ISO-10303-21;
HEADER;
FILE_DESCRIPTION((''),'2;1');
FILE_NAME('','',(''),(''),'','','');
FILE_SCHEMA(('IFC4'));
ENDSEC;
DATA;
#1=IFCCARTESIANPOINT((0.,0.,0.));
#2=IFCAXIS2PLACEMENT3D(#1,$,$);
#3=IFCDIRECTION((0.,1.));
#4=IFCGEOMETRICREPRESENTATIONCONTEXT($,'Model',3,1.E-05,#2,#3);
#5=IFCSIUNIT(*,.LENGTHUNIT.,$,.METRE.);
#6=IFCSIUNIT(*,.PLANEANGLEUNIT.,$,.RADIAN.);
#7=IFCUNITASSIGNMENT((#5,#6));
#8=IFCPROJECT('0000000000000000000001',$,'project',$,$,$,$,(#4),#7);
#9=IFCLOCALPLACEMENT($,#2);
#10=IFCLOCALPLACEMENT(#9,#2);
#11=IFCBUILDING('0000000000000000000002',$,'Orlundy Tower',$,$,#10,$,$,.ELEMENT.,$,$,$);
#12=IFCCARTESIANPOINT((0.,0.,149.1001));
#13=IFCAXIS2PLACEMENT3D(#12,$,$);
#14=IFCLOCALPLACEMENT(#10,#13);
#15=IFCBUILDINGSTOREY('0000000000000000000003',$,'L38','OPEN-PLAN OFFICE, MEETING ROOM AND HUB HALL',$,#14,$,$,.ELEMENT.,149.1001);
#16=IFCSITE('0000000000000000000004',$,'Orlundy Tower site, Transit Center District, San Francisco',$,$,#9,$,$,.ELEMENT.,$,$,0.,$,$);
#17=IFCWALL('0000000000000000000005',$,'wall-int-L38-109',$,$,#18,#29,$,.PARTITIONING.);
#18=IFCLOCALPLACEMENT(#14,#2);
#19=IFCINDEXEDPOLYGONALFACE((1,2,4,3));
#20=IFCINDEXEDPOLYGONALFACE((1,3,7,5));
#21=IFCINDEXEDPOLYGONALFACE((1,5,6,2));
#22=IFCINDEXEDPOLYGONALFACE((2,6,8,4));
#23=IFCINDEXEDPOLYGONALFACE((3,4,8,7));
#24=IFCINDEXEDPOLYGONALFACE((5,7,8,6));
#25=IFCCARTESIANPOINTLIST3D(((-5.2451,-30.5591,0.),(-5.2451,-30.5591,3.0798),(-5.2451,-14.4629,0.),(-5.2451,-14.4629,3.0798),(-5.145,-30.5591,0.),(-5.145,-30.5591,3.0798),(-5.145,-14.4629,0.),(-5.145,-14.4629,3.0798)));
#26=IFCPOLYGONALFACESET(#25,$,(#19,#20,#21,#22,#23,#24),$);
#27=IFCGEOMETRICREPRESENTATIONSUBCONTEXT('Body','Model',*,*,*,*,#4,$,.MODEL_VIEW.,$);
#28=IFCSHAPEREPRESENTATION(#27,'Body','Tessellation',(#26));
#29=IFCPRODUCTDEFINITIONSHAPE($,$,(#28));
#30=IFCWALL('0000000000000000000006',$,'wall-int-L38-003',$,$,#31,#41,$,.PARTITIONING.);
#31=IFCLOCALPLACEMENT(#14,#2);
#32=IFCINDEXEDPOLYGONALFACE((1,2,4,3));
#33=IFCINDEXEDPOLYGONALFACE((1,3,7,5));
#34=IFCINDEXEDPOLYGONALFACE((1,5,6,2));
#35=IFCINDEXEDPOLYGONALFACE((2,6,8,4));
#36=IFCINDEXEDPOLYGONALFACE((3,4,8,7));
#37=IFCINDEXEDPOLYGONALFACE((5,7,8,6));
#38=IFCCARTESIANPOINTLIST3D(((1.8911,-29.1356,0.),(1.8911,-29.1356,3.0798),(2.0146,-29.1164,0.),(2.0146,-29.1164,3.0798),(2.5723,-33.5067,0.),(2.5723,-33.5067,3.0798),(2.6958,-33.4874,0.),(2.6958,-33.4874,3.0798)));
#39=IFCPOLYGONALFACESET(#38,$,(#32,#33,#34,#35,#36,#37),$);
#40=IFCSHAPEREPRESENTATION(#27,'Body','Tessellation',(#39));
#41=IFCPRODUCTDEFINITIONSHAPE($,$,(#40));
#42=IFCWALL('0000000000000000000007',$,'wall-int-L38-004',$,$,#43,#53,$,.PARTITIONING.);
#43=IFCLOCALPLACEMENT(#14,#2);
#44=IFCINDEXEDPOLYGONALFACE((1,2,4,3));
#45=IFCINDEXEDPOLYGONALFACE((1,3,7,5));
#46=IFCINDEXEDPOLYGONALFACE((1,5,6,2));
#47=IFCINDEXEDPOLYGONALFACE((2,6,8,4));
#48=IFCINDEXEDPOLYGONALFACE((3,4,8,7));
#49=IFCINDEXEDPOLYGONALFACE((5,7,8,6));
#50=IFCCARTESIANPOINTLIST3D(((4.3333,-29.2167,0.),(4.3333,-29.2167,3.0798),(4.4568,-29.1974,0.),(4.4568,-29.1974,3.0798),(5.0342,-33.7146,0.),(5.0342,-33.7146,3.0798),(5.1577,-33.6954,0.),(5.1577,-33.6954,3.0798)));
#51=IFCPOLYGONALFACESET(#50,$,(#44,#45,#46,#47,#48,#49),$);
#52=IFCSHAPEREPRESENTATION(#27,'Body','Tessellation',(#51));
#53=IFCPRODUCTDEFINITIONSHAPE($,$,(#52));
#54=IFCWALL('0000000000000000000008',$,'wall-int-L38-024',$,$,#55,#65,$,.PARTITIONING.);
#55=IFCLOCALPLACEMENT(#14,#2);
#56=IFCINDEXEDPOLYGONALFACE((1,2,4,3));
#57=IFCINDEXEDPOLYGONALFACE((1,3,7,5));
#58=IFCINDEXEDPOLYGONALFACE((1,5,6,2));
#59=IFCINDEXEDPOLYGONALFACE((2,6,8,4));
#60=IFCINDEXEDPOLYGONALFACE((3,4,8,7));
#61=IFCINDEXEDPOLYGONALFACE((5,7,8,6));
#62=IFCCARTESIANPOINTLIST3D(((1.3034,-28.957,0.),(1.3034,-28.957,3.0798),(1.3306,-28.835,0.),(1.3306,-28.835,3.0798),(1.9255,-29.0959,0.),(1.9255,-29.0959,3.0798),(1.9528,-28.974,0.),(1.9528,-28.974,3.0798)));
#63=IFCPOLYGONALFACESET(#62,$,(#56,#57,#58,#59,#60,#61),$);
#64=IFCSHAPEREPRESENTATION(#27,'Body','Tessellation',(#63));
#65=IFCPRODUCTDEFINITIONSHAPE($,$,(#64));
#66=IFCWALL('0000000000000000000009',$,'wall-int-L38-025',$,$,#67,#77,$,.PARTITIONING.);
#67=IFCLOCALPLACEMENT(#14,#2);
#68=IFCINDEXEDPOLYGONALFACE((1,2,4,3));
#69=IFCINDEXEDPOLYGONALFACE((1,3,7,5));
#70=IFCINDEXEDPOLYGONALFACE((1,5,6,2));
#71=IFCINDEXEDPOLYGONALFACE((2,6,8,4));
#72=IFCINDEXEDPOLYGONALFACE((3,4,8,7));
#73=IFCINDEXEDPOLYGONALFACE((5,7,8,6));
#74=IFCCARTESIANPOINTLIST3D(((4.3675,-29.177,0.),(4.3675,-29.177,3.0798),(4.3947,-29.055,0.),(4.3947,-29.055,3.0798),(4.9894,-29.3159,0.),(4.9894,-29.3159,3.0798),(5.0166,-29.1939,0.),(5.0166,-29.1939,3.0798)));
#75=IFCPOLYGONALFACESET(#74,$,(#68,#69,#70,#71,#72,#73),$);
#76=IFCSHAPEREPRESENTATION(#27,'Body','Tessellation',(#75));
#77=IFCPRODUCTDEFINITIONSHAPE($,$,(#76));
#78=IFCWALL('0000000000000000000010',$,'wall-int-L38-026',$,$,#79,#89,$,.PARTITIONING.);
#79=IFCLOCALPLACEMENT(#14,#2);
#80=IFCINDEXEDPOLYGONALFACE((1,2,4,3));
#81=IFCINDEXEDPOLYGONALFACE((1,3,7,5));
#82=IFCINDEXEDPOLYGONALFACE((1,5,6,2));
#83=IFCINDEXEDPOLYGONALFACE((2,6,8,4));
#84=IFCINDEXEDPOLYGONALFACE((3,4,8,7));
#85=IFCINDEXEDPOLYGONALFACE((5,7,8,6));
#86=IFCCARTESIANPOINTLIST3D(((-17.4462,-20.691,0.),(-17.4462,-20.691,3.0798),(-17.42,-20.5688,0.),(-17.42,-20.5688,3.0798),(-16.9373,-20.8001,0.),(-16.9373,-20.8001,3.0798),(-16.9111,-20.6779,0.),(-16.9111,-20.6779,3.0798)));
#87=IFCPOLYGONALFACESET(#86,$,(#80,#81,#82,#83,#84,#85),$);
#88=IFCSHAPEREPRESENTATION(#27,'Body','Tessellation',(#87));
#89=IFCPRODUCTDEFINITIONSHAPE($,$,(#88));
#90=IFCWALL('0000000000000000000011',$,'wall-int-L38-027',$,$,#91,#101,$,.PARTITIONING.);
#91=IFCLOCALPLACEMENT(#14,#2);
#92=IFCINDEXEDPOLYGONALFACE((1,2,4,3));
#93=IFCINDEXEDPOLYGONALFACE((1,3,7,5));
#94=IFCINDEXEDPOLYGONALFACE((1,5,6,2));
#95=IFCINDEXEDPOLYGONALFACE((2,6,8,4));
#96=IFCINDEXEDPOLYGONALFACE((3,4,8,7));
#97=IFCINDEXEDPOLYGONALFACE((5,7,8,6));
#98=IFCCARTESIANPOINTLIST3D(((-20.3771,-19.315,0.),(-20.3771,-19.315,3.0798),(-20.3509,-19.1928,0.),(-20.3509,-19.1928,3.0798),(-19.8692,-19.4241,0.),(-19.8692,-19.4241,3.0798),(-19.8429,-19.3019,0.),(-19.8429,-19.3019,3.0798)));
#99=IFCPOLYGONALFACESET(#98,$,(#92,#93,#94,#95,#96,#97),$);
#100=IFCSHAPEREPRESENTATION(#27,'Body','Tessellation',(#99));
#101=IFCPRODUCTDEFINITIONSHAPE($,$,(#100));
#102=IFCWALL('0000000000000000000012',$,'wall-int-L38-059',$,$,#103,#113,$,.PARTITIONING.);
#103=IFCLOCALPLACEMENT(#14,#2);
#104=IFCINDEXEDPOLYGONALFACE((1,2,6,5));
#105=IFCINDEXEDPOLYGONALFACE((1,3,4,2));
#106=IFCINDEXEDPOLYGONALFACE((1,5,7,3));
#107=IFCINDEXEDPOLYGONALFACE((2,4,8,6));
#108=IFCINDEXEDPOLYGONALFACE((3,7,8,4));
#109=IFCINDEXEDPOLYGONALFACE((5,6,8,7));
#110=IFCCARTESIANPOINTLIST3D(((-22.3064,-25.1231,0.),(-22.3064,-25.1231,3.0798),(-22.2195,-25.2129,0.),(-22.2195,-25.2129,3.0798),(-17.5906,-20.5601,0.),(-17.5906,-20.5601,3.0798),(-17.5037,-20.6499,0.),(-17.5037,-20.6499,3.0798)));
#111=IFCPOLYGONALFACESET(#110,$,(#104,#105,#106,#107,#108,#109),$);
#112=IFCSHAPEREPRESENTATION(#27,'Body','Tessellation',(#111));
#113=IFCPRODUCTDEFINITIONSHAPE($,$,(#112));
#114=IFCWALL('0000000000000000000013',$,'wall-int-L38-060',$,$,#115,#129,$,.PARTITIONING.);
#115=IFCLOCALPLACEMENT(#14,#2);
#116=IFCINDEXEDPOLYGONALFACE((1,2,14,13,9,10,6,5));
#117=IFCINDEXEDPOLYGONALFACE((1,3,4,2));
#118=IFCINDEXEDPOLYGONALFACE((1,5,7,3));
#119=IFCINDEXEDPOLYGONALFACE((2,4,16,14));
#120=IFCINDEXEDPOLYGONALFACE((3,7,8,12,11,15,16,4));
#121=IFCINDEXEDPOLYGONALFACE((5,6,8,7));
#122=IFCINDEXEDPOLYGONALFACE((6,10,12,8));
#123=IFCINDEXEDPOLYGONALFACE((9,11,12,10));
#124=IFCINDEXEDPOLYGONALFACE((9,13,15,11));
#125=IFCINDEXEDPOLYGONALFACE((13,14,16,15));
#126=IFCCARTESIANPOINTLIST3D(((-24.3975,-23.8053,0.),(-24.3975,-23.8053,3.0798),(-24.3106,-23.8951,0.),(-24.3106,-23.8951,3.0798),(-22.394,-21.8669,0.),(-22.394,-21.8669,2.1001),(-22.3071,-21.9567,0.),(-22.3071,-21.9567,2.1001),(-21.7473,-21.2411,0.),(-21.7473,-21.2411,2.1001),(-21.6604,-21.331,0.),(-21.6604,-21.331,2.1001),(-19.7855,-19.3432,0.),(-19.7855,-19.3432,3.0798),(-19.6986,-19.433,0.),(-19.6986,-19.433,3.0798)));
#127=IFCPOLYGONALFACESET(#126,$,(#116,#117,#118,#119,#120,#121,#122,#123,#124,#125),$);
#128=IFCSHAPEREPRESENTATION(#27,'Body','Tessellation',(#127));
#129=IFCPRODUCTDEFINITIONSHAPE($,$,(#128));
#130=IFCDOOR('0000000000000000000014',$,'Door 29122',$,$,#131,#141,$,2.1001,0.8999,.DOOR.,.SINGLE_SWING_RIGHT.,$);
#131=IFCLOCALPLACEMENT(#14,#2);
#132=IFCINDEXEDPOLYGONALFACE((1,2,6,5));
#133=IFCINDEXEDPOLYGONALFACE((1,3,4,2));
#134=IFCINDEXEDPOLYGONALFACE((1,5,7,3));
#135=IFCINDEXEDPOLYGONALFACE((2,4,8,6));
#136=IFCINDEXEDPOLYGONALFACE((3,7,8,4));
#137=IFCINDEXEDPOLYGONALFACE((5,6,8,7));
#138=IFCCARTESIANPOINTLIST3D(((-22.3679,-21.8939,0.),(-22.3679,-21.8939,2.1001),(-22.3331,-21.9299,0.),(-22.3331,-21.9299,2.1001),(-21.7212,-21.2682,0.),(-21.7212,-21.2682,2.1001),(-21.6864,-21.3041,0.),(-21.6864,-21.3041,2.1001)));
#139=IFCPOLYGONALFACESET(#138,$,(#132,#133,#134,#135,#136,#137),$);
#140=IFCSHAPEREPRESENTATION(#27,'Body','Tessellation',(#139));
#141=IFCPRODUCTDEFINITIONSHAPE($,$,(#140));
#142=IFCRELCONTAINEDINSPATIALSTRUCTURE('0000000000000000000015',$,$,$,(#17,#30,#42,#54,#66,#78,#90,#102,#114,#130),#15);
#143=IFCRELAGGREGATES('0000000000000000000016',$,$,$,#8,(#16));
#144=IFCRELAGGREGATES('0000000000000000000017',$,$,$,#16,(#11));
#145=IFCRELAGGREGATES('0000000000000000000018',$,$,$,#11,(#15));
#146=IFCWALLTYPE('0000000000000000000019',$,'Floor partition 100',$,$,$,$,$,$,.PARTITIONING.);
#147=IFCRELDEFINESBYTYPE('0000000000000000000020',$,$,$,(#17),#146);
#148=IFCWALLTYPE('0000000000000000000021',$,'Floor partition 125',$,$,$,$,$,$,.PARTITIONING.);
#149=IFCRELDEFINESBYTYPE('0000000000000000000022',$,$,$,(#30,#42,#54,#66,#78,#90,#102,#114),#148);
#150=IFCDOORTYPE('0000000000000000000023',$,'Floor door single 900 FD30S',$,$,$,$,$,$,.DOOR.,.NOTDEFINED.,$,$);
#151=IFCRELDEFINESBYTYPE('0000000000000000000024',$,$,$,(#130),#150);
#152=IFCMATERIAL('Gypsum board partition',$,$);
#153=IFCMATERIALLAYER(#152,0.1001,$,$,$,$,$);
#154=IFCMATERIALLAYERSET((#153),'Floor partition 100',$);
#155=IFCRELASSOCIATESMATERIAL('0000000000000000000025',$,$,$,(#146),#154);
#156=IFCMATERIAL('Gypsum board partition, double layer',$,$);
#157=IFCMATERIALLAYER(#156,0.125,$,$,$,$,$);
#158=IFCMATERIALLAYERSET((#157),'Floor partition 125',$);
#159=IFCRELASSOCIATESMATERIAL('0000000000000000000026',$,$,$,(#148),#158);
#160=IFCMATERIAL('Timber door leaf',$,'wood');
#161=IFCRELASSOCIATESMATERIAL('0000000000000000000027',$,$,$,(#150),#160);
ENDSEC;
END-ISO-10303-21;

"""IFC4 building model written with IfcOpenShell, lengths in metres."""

from ifc_helpers import new_model, si_unit, direction, frame, frame_2d, origin, place, context, subcontext, project, spatial, rectangle, extrude, material, layer, layer_set, type_object, element, fill, save


model = new_model("IFC4")

# Units and contexts
model_context = context("Model", 3, precision=1e-05, world=origin(), true_north=direction((0.0, 1.0)))
body_context = subcontext(model_context, "Body", "Model", "MODEL_VIEW")
ifc_project = project(units=[si_unit("LENGTHUNIT", "METRE"), si_unit("PLANEANGLEUNIT", "RADIAN")], contexts=[model_context])

# Site, building, storey
site_placement = place(None, origin())
site = spatial("IfcSite", under=ifc_project, at=site_placement, Name="Orlundy Tower site, Transit Center District, San Francisco", CompositionType="ELEMENT", RefElevation=0.0)
building_placement = place(site_placement, origin())
building = spatial("IfcBuilding", under=site, at=building_placement, Name="Orlundy Tower", CompositionType="ELEMENT")
storey_placement = place(building_placement, frame((0.0, 0.0, 149.1001)))
storey = spatial("IfcBuildingStorey", under=building, at=storey_placement, Name="L38", Description="OPEN-PLAN OFFICE, MEETING ROOM AND HUB HALL", CompositionType="ELEMENT", Elevation=149.1001)

# Walls
ifc_material_1 = material(Name="Gypsum board partition")
ifc_layer_1 = layer(ifc_material_1, 0.1001)
ifc_layer_set_1 = layer_set([ifc_layer_1], Name="Floor partition 100")
wall_type_1 = type_object("IfcWallType", Name="Floor partition 100", PredefinedType="PARTITIONING", material=ifc_layer_set_1)
wall_1_placement = place(storey_placement, frame((-5.1951, -30.5591, 0.0), z_axis=(0.0, 0.0, 1.0), x_axis=(0.0, 1.0, 0.0)))
element("IfcWall", 1, at=wall_1_placement, inside=storey, type_object=wall_type_1, Name="wall-int-L38-109", PredefinedType="PARTITIONING", context=body_context, shape_type="SweptSolid", body=[
    extrude(rectangle(XDim=16.0962, YDim=0.1001, at=frame_2d((8.0481, 0.0))), origin(), (0.0, 0.0, 1.0), 3.0798),
])
ifc_material_2 = material(Name="Gypsum board partition, double layer")
ifc_layer_2 = layer(ifc_material_2, 0.125)
ifc_layer_set_2 = layer_set([ifc_layer_2], Name="Floor partition 125")
wall_type_2 = type_object("IfcWallType", Name="Floor partition 125", PredefinedType="PARTITIONING", material=ifc_layer_set_2)
wall_2_placement = place(storey_placement, frame((2.634, -33.4971, 0.0), z_axis=(0.0, 0.0, 1.0), x_axis=(-0.153973, 0.988075, 0.0)))
element("IfcWall", 2, at=wall_2_placement, inside=storey, type_object=wall_type_2, Name="wall-int-L38-003", PredefinedType="PARTITIONING", context=body_context, shape_type="SweptSolid", body=[
    extrude(rectangle(XDim=4.4238, YDim=0.125, at=frame_2d((2.2119, 0.0))), origin(), (0.0, 0.0, 1.0), 3.0798),
])
wall_3_placement = place(storey_placement, frame((4.395, -29.207, 0.0), z_axis=(0.0, 0.0, 1.0), x_axis=(0.153971, -0.988075, 0.0)))
element("IfcWall", 3, at=wall_3_placement, inside=storey, type_object=wall_type_2, Name="wall-int-L38-004", PredefinedType="PARTITIONING", context=body_context, shape_type="SweptSolid", body=[
    extrude(rectangle(XDim=4.5522, YDim=0.125, at=frame_2d((2.2761, 0.0))), origin(), (0.0, 0.0, 1.0), 3.0798),
])
wall_4_placement = place(storey_placement, frame((1.3169, -28.896, 0.0), z_axis=(0.0, 0.0, 1.0), x_axis=(0.975961, -0.217944, 0.0)))
element("IfcWall", 4, at=wall_4_placement, inside=storey, type_object=wall_type_2, Name="wall-int-L38-024", PredefinedType="PARTITIONING", context=body_context, shape_type="SweptSolid", body=[
    extrude(rectangle(XDim=0.6375, YDim=0.125, at=frame_2d((0.3188, 0.0))), origin(), (0.0, 0.0, 1.0), 3.0798),
])
wall_5_placement = place(storey_placement, frame((4.3811, -29.116, 0.0), z_axis=(0.0, 0.0, 1.0), x_axis=(0.975943, -0.218026, 0.0)))
element("IfcWall", 5, at=wall_5_placement, inside=storey, type_object=wall_type_2, Name="wall-int-L38-025", PredefinedType="PARTITIONING", context=body_context, shape_type="SweptSolid", body=[
    extrude(rectangle(XDim=0.6372, YDim=0.125, at=frame_2d((0.3186, 0.0))), origin(), (0.0, 0.0, 1.0), 3.0798),
])
wall_6_placement = place(storey_placement, frame((-17.4331, -20.6299, 0.0), z_axis=(0.0, 0.0, 1.0), x_axis=(0.977782, -0.209625, 0.0)))
element("IfcWall", 6, at=wall_6_placement, inside=storey, type_object=wall_type_2, Name="wall-int-L38-026", PredefinedType="PARTITIONING", context=body_context, shape_type="SweptSolid", body=[
    extrude(rectangle(XDim=0.5205, YDim=0.125, at=frame_2d((0.2603, 0.0))), origin(), (0.0, 0.0, 1.0), 3.0798),
])
wall_7_placement = place(storey_placement, frame((-20.364, -19.2539, 0.0), z_axis=(0.0, 0.0, 1.0), x_axis=(0.977699, -0.21001, 0.0)))
element("IfcWall", 7, at=wall_7_placement, inside=storey, type_object=wall_type_2, Name="wall-int-L38-027", PredefinedType="PARTITIONING", context=body_context, shape_type="SweptSolid", body=[
    extrude(rectangle(XDim=0.5195, YDim=0.125, at=frame_2d((0.2598, 0.0))), origin(), (0.0, 0.0, 1.0), 3.0798),
])
wall_8_placement = place(storey_placement, frame((-17.5471, -20.605, 0.0), z_axis=(0.0, 0.0, 1.0), x_axis=(-0.718656, -0.695366, 0.0)))
element("IfcWall", 8, at=wall_8_placement, inside=storey, type_object=wall_type_2, Name="wall-int-L38-059", PredefinedType="PARTITIONING", context=body_context, shape_type="SweptSolid", body=[
    extrude(rectangle(XDim=6.562, YDim=0.125, at=frame_2d((3.281, 0.0))), origin(), (0.0, 0.0, 1.0), 3.0798),
])

# Wall, opening, door
wall_9_placement = place(storey_placement, frame((-24.354, -23.8501, 0.0), z_axis=(0.0, 0.0, 1.0), x_axis=(0.71869, 0.695331, 0.0)))
wall_9 = element("IfcWall", 9, at=wall_9_placement, inside=storey, type_object=wall_type_2, Name="wall-int-L38-060", PredefinedType="PARTITIONING", context=body_context, shape_type="SweptSolid", body=[
    extrude(rectangle(XDim=6.4172, YDim=0.125, at=frame_2d((3.2085, 0.0))), origin(), (0.0, 0.0, 1.0), 3.0798),
])
opening_1_placement = place(wall_9_placement, frame((2.7876, 0.0, 0.0)))
opening_1 = element("IfcOpeningElement", 10, at=opening_1_placement, cuts=wall_9, PredefinedType="OPENING", context=body_context, shape_type="SweptSolid", body=[
    extrude(rectangle(XDim=0.8999, YDim=2.1001, at=frame_2d((0.45, 1.05))), frame((0.0, 0.0725, 0.0), z_axis=(0.0, -1.0, 0.0), x_axis=(1.0, 0.0, 0.0)), (0.0, 0.0, 1.0), 0.145),
])
ifc_material_3 = material(Name="Timber door leaf", Category="wood")
door_type = type_object("IfcDoorType", Name="Floor door single 900 FD30S", OperationType="NOTDEFINED", PredefinedType="DOOR", material=ifc_material_3)
door_1_placement = place(opening_1_placement, origin())
door_1 = element("IfcDoor", 11, at=door_1_placement, inside=storey, type_object=door_type, Name="Door 29122", OperationType="SINGLE_SWING_RIGHT", OverallHeight=2.1001, OverallWidth=0.8999, PredefinedType="DOOR", context=body_context, shape_type="SweptSolid", body=[
    extrude(rectangle(XDim=0.8999, YDim=2.1001, at=frame_2d((0.45, 1.05))), frame((0.0, 0.0249, 0.0), z_axis=(0.0, -1.0, 0.0), x_axis=(1.0, 0.0, 0.0)), (0.0, 0.0, 1.0), 0.05),
])
fill(opening_1, door_1)

save(model, "model.ifc")
